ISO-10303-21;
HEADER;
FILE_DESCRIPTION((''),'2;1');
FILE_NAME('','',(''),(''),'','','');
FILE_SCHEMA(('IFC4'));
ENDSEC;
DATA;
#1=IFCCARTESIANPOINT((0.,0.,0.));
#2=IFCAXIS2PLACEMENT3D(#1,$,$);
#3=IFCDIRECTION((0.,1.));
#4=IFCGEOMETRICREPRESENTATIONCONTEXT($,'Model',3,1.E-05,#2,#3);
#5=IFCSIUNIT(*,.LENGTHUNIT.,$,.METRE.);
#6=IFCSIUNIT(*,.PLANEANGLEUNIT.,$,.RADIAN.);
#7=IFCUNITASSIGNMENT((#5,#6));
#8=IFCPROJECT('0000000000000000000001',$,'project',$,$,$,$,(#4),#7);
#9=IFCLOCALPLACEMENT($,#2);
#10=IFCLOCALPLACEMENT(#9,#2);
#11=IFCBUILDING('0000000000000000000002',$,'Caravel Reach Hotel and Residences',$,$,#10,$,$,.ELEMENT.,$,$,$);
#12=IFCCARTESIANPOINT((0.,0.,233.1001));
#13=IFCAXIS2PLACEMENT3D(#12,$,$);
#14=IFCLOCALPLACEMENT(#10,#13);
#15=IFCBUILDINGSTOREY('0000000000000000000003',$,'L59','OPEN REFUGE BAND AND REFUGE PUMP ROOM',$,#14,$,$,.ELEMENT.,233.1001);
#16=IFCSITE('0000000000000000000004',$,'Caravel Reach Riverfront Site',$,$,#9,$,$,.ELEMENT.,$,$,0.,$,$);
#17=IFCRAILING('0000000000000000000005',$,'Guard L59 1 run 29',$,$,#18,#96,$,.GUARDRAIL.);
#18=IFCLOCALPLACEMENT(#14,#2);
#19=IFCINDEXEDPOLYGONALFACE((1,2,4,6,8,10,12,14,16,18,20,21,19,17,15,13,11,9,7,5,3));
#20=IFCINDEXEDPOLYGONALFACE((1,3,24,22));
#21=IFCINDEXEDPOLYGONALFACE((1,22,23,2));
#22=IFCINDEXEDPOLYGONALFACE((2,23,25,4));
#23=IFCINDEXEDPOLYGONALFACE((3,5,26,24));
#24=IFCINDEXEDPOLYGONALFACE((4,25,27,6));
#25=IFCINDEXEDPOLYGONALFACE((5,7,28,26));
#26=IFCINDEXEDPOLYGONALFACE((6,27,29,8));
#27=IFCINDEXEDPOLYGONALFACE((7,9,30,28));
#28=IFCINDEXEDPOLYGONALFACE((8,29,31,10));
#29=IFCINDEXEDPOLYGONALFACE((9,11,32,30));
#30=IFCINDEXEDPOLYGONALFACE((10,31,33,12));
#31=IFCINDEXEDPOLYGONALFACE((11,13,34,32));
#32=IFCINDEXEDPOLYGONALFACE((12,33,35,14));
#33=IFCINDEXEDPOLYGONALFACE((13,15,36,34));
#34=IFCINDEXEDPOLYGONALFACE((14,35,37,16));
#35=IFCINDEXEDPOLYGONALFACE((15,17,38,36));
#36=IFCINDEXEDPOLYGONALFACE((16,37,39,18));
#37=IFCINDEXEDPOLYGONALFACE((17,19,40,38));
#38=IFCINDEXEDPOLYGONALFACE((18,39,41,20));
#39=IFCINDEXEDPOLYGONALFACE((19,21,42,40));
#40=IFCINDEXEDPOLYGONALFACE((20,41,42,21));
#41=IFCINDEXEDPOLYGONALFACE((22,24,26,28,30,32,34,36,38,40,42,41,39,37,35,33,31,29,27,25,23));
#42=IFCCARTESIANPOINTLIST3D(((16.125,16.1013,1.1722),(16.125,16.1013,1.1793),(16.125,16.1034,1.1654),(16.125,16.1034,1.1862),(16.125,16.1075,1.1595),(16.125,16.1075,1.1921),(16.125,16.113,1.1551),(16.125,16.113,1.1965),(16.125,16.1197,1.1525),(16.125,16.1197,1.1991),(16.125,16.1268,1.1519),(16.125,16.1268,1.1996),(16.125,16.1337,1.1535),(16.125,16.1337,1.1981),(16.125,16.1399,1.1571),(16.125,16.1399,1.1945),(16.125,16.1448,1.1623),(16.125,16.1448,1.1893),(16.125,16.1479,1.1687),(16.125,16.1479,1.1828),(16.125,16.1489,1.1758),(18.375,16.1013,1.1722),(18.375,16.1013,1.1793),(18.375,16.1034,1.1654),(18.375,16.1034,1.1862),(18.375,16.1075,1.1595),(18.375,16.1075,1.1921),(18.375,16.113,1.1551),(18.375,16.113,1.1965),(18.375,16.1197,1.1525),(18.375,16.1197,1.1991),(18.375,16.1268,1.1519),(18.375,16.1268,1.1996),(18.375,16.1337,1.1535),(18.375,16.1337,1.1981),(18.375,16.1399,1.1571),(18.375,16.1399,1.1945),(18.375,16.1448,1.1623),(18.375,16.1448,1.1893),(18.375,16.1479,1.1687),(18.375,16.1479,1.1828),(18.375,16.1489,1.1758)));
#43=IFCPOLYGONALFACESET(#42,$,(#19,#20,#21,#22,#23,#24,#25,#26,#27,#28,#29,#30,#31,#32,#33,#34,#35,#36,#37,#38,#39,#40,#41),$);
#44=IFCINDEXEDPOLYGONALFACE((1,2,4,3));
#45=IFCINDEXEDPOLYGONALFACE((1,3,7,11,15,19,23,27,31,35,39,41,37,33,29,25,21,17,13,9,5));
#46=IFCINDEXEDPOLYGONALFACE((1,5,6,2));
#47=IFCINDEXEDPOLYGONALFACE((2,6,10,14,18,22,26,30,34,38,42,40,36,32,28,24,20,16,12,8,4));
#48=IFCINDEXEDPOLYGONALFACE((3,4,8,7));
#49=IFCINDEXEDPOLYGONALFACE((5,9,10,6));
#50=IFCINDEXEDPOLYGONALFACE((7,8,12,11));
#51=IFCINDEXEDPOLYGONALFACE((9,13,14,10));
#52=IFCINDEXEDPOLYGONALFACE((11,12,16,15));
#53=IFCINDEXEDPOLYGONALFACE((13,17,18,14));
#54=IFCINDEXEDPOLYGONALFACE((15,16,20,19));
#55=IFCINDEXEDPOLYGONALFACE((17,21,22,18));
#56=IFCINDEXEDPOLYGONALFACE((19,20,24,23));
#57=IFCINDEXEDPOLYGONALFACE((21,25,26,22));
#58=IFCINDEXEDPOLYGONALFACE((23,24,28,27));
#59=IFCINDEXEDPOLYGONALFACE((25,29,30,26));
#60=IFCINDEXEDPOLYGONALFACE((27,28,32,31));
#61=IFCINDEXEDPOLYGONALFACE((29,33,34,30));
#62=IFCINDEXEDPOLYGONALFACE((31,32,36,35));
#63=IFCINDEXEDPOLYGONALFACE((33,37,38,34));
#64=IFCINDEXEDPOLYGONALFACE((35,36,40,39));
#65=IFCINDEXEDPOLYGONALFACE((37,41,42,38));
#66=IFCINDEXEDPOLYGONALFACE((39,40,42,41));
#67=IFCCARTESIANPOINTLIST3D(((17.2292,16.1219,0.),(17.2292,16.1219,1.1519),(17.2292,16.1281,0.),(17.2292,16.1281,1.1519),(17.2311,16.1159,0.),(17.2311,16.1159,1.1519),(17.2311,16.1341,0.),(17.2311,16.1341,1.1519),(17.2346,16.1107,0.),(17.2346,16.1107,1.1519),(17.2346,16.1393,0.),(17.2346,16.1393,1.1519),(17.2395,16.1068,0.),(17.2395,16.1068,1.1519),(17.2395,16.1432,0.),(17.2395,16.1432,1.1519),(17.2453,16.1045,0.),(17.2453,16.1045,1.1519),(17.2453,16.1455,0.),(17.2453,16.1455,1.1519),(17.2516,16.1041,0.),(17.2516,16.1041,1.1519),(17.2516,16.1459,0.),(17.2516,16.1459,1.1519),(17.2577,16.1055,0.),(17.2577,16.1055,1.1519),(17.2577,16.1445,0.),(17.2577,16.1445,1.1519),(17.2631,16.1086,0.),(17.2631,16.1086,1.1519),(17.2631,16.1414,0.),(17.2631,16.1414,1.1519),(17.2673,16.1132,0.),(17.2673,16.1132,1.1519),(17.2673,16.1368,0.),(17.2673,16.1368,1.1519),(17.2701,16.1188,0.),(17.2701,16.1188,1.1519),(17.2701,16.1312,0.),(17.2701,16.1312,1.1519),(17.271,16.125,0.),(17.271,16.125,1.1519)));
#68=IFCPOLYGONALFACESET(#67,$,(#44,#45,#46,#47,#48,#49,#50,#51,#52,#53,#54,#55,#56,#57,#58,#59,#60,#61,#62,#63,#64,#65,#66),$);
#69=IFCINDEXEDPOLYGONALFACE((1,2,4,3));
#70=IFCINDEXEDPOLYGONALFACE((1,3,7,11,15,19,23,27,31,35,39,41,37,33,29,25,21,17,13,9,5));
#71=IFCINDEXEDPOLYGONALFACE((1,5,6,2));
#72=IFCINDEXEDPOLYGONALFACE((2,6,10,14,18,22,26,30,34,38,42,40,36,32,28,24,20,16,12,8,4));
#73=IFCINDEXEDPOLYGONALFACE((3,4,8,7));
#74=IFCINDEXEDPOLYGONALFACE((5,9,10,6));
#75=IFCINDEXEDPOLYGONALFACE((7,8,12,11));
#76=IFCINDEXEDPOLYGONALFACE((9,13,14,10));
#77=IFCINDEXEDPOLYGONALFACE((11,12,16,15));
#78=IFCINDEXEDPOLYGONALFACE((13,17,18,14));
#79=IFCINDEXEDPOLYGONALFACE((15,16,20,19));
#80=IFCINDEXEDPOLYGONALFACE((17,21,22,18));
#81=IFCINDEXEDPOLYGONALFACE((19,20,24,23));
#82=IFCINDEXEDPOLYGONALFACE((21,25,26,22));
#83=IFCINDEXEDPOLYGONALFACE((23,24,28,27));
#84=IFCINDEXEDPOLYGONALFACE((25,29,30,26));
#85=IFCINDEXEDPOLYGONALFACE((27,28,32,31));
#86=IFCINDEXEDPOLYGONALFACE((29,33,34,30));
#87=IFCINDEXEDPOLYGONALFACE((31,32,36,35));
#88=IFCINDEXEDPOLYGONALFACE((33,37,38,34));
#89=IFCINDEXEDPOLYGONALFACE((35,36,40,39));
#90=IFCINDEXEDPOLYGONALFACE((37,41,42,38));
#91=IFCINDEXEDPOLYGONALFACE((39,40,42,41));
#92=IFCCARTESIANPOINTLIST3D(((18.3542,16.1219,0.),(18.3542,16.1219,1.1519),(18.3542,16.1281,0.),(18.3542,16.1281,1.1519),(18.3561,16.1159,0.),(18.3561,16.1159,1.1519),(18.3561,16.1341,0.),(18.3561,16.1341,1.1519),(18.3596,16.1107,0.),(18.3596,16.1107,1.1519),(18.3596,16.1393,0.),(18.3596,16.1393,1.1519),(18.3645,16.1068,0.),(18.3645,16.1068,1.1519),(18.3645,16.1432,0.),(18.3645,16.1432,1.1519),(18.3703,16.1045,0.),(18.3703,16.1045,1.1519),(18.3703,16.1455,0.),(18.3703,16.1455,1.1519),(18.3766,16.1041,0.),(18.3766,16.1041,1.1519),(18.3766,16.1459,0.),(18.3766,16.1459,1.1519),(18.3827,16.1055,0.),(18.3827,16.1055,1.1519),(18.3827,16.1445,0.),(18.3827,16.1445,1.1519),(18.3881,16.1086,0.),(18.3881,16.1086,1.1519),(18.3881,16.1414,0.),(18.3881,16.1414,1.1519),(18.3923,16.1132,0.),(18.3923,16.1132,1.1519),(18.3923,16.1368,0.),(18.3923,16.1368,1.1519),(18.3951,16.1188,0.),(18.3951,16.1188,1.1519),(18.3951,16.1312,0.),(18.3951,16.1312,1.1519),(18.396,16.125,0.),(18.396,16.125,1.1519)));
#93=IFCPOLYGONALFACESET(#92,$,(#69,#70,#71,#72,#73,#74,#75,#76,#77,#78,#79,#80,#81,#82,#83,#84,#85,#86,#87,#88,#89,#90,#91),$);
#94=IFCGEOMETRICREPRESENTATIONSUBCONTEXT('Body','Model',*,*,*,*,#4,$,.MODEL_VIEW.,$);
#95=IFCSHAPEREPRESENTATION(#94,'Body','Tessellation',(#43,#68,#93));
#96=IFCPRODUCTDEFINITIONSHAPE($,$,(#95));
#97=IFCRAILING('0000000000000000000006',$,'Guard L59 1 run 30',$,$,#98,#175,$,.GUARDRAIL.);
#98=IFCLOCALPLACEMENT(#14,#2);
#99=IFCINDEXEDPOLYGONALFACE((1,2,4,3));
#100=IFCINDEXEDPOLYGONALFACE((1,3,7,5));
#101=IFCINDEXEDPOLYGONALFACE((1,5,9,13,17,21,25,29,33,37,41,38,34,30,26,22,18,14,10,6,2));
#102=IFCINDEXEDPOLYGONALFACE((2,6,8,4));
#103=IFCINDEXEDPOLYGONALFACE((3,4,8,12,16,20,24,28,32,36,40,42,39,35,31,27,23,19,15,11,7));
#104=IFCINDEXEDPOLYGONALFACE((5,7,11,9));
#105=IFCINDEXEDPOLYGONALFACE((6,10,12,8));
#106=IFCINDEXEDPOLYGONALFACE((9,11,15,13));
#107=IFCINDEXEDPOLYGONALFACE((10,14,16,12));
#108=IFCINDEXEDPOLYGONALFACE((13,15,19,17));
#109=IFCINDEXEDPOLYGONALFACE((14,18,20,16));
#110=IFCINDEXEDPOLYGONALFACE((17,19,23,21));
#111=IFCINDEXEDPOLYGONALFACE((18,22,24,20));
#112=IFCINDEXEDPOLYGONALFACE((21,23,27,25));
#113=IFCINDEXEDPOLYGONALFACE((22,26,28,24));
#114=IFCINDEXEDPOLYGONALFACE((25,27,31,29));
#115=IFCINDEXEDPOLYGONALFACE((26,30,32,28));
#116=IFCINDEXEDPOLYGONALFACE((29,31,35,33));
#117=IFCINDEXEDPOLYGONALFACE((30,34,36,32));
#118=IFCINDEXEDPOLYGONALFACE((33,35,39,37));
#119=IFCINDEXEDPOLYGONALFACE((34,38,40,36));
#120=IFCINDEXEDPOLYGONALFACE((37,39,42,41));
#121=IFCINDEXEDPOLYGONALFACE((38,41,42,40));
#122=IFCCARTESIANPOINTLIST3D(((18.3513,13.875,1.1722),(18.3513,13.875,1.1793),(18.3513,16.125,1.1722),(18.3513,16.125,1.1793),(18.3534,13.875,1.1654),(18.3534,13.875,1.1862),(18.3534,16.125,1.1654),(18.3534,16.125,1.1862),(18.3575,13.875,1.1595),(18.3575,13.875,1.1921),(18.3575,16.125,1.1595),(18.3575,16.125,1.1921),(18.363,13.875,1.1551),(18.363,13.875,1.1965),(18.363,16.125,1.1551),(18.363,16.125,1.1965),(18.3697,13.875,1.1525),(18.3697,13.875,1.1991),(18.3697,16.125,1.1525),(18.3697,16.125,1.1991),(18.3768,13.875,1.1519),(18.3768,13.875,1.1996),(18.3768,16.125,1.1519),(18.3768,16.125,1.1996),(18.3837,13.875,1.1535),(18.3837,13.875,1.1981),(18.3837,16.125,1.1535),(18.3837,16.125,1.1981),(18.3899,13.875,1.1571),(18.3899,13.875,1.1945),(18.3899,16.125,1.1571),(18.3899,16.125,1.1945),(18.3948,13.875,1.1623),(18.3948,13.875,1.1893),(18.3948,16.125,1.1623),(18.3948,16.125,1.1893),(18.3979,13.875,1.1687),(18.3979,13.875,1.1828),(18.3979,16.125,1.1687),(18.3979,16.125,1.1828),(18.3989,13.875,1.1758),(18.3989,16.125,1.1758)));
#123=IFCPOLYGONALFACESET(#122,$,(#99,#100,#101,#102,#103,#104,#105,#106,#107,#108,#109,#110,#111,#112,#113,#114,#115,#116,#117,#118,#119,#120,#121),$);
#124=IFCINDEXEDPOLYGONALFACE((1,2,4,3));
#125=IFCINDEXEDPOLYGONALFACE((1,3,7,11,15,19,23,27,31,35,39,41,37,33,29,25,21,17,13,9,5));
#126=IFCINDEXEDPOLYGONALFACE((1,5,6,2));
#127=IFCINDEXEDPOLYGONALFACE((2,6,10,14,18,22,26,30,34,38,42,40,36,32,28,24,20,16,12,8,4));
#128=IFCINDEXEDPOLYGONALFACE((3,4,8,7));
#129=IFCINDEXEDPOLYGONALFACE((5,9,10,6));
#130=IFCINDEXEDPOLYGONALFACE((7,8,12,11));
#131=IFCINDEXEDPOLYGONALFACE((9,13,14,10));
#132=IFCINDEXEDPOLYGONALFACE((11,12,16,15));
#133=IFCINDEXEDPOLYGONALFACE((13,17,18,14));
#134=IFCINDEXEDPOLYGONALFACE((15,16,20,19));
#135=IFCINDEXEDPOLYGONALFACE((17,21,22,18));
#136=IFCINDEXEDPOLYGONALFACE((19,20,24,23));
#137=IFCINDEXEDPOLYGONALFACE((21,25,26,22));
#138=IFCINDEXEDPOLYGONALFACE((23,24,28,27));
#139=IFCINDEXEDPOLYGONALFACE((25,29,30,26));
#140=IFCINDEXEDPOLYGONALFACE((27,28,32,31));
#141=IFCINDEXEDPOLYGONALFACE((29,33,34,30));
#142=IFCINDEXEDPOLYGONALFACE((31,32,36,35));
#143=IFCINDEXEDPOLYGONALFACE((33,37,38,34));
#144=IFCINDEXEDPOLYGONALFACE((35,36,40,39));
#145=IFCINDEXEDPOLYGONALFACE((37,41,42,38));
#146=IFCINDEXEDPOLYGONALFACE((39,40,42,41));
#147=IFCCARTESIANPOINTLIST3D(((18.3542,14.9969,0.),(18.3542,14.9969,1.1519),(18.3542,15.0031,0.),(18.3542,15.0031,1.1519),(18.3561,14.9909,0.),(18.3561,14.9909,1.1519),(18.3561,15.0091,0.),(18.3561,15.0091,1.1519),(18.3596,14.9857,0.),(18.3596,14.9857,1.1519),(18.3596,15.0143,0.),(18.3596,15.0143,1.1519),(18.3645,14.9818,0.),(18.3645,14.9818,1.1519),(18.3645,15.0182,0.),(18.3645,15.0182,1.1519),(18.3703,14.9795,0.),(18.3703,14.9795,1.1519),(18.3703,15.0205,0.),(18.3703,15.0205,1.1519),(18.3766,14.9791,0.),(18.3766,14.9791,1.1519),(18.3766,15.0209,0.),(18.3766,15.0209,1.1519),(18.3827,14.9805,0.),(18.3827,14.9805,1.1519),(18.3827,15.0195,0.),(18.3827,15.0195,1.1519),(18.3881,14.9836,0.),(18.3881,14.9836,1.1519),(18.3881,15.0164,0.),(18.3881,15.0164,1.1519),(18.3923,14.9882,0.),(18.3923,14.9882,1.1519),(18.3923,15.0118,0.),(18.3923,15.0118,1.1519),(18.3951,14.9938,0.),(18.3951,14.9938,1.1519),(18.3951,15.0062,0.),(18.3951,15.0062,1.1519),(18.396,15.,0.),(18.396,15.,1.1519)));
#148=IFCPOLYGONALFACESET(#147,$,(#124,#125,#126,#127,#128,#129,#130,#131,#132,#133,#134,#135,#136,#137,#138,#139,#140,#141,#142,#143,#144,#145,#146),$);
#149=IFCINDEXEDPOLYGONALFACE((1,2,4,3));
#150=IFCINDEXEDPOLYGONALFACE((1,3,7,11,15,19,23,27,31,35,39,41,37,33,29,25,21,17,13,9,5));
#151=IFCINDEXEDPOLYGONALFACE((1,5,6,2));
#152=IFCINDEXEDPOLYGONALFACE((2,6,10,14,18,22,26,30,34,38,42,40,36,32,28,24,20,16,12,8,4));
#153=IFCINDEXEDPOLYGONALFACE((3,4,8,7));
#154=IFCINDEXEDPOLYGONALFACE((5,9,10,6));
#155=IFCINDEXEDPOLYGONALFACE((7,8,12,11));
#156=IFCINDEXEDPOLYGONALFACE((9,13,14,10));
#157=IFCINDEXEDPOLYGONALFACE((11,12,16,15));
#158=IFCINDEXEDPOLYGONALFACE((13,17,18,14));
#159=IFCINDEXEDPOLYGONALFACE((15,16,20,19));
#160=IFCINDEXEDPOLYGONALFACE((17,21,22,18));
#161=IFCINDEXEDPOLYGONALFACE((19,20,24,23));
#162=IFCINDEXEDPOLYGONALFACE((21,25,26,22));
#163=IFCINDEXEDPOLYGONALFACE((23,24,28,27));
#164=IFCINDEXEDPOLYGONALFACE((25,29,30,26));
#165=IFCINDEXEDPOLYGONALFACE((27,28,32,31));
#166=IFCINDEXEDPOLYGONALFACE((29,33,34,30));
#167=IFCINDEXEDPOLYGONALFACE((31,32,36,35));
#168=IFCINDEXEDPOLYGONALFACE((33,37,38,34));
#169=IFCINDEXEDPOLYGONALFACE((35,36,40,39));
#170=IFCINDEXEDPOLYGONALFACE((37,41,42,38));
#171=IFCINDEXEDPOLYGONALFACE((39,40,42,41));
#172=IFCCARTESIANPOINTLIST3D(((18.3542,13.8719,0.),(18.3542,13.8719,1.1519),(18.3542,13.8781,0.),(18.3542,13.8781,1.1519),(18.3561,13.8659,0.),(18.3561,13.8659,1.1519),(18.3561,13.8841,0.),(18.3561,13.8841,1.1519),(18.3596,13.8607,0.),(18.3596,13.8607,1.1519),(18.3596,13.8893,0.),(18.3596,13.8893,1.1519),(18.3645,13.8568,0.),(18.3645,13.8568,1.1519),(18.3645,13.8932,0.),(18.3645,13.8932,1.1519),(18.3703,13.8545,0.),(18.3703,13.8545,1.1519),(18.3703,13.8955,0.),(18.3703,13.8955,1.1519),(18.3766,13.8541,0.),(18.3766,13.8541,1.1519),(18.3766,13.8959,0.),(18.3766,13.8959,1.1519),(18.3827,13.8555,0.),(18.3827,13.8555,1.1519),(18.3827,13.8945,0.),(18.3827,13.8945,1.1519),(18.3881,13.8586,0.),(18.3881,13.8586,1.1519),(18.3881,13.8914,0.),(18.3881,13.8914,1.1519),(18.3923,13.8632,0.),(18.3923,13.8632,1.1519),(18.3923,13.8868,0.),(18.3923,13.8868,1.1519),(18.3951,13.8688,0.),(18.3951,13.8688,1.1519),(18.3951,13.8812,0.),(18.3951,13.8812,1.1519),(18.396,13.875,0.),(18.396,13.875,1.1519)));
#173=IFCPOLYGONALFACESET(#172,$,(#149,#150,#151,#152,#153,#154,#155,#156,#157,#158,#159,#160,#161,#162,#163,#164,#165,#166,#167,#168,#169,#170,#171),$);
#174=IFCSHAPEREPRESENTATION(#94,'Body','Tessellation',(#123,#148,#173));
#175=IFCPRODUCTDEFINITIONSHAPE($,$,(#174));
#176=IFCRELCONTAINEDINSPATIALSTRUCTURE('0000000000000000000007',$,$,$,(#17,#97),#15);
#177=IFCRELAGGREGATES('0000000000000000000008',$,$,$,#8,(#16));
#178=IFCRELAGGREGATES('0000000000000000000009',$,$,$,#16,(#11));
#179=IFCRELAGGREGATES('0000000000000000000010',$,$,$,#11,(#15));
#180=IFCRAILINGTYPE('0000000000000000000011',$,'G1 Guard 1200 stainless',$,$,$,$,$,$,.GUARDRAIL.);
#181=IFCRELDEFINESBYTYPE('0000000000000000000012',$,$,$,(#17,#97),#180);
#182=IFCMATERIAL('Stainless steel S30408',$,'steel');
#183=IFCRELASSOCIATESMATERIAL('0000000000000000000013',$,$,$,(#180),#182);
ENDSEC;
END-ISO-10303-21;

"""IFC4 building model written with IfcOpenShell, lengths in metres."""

from ifc_helpers import new_model, si_unit, direction, frame, origin, origin_2d, place, context, subcontext, project, spatial, circle, extrude, material, type_object, element, save


model = new_model("IFC4")

# Units and contexts
model_context = context("Model", 3, precision=1e-05, world=origin(), true_north=direction((0.0, 1.0)))
body_context = subcontext(model_context, "Body", "Model", "MODEL_VIEW")
ifc_project = project(units=[si_unit("LENGTHUNIT", "METRE"), si_unit("PLANEANGLEUNIT", "RADIAN")], contexts=[model_context])

# Site, building, storey
site_placement = place(None, origin())
site = spatial("IfcSite", under=ifc_project, at=site_placement, Name="Caravel Reach Riverfront Site", CompositionType="ELEMENT", RefElevation=0.0)
building_placement = place(site_placement, origin())
building = spatial("IfcBuilding", under=site, at=building_placement, Name="Caravel Reach Hotel and Residences", CompositionType="ELEMENT")
storey_placement = place(building_placement, frame((0.0, 0.0, 233.1001)))
storey = spatial("IfcBuildingStorey", under=building, at=storey_placement, Name="L59", Description="OPEN REFUGE BAND AND REFUGE PUMP ROOM", CompositionType="ELEMENT", Elevation=233.1001)

# Railings
ifc_material_1 = material(Name="Stainless steel S30408", Category="steel")
railing_type = type_object("IfcRailingType", Name="G1 Guard 1200 stainless", PredefinedType="GUARDRAIL", material=ifc_material_1)
railing_1_placement = place(storey_placement, frame((16.125, 16.125, 0.0)))
element("IfcRailing", 1, at=railing_1_placement, inside=storey, type_object=railing_type, Name="Guard L59 1 run 29", PredefinedType="GUARDRAIL", context=body_context, shape_type="SweptSolid", body=[
    extrude(circle(Radius=0.0239, at=origin_2d()), frame((0.0, 0.0, 1.1758), z_axis=(1.0, 0.0, 0.0), x_axis=(0.0, 1.0, 0.0)), (0.0, 0.0, 1.0), 2.25),
    extrude(circle(Radius=0.021, at=origin_2d()), frame((1.125, 0.0, 0.0)), (0.0, 0.0, 1.0), 1.1519),
    extrude(circle(Radius=0.021, at=origin_2d()), frame((2.25, 0.0, 0.0)), (0.0, 0.0, 1.0), 1.1519),
])
railing_2_placement = place(storey_placement, frame((18.375, 16.125, 0.0)))
element("IfcRailing", 2, at=railing_2_placement, inside=storey, type_object=railing_type, Name="Guard L59 1 run 30", PredefinedType="GUARDRAIL", context=body_context, shape_type="SweptSolid", body=[
    extrude(circle(Radius=0.0239, at=origin_2d()), frame((0.0, 0.0, 1.1758), z_axis=(0.0, -1.0, 0.0), x_axis=(1.0, 0.0, 0.0)), (0.0, 0.0, 1.0), 2.25),
    extrude(circle(Radius=0.021, at=origin_2d()), frame((0.0, -1.125, 0.0)), (0.0, 0.0, 1.0), 1.1519),
    extrude(circle(Radius=0.021, at=origin_2d()), frame((0.0, -2.25, 0.0)), (0.0, 0.0, 1.0), 1.1519),
])

save(model, "model.ifc")
